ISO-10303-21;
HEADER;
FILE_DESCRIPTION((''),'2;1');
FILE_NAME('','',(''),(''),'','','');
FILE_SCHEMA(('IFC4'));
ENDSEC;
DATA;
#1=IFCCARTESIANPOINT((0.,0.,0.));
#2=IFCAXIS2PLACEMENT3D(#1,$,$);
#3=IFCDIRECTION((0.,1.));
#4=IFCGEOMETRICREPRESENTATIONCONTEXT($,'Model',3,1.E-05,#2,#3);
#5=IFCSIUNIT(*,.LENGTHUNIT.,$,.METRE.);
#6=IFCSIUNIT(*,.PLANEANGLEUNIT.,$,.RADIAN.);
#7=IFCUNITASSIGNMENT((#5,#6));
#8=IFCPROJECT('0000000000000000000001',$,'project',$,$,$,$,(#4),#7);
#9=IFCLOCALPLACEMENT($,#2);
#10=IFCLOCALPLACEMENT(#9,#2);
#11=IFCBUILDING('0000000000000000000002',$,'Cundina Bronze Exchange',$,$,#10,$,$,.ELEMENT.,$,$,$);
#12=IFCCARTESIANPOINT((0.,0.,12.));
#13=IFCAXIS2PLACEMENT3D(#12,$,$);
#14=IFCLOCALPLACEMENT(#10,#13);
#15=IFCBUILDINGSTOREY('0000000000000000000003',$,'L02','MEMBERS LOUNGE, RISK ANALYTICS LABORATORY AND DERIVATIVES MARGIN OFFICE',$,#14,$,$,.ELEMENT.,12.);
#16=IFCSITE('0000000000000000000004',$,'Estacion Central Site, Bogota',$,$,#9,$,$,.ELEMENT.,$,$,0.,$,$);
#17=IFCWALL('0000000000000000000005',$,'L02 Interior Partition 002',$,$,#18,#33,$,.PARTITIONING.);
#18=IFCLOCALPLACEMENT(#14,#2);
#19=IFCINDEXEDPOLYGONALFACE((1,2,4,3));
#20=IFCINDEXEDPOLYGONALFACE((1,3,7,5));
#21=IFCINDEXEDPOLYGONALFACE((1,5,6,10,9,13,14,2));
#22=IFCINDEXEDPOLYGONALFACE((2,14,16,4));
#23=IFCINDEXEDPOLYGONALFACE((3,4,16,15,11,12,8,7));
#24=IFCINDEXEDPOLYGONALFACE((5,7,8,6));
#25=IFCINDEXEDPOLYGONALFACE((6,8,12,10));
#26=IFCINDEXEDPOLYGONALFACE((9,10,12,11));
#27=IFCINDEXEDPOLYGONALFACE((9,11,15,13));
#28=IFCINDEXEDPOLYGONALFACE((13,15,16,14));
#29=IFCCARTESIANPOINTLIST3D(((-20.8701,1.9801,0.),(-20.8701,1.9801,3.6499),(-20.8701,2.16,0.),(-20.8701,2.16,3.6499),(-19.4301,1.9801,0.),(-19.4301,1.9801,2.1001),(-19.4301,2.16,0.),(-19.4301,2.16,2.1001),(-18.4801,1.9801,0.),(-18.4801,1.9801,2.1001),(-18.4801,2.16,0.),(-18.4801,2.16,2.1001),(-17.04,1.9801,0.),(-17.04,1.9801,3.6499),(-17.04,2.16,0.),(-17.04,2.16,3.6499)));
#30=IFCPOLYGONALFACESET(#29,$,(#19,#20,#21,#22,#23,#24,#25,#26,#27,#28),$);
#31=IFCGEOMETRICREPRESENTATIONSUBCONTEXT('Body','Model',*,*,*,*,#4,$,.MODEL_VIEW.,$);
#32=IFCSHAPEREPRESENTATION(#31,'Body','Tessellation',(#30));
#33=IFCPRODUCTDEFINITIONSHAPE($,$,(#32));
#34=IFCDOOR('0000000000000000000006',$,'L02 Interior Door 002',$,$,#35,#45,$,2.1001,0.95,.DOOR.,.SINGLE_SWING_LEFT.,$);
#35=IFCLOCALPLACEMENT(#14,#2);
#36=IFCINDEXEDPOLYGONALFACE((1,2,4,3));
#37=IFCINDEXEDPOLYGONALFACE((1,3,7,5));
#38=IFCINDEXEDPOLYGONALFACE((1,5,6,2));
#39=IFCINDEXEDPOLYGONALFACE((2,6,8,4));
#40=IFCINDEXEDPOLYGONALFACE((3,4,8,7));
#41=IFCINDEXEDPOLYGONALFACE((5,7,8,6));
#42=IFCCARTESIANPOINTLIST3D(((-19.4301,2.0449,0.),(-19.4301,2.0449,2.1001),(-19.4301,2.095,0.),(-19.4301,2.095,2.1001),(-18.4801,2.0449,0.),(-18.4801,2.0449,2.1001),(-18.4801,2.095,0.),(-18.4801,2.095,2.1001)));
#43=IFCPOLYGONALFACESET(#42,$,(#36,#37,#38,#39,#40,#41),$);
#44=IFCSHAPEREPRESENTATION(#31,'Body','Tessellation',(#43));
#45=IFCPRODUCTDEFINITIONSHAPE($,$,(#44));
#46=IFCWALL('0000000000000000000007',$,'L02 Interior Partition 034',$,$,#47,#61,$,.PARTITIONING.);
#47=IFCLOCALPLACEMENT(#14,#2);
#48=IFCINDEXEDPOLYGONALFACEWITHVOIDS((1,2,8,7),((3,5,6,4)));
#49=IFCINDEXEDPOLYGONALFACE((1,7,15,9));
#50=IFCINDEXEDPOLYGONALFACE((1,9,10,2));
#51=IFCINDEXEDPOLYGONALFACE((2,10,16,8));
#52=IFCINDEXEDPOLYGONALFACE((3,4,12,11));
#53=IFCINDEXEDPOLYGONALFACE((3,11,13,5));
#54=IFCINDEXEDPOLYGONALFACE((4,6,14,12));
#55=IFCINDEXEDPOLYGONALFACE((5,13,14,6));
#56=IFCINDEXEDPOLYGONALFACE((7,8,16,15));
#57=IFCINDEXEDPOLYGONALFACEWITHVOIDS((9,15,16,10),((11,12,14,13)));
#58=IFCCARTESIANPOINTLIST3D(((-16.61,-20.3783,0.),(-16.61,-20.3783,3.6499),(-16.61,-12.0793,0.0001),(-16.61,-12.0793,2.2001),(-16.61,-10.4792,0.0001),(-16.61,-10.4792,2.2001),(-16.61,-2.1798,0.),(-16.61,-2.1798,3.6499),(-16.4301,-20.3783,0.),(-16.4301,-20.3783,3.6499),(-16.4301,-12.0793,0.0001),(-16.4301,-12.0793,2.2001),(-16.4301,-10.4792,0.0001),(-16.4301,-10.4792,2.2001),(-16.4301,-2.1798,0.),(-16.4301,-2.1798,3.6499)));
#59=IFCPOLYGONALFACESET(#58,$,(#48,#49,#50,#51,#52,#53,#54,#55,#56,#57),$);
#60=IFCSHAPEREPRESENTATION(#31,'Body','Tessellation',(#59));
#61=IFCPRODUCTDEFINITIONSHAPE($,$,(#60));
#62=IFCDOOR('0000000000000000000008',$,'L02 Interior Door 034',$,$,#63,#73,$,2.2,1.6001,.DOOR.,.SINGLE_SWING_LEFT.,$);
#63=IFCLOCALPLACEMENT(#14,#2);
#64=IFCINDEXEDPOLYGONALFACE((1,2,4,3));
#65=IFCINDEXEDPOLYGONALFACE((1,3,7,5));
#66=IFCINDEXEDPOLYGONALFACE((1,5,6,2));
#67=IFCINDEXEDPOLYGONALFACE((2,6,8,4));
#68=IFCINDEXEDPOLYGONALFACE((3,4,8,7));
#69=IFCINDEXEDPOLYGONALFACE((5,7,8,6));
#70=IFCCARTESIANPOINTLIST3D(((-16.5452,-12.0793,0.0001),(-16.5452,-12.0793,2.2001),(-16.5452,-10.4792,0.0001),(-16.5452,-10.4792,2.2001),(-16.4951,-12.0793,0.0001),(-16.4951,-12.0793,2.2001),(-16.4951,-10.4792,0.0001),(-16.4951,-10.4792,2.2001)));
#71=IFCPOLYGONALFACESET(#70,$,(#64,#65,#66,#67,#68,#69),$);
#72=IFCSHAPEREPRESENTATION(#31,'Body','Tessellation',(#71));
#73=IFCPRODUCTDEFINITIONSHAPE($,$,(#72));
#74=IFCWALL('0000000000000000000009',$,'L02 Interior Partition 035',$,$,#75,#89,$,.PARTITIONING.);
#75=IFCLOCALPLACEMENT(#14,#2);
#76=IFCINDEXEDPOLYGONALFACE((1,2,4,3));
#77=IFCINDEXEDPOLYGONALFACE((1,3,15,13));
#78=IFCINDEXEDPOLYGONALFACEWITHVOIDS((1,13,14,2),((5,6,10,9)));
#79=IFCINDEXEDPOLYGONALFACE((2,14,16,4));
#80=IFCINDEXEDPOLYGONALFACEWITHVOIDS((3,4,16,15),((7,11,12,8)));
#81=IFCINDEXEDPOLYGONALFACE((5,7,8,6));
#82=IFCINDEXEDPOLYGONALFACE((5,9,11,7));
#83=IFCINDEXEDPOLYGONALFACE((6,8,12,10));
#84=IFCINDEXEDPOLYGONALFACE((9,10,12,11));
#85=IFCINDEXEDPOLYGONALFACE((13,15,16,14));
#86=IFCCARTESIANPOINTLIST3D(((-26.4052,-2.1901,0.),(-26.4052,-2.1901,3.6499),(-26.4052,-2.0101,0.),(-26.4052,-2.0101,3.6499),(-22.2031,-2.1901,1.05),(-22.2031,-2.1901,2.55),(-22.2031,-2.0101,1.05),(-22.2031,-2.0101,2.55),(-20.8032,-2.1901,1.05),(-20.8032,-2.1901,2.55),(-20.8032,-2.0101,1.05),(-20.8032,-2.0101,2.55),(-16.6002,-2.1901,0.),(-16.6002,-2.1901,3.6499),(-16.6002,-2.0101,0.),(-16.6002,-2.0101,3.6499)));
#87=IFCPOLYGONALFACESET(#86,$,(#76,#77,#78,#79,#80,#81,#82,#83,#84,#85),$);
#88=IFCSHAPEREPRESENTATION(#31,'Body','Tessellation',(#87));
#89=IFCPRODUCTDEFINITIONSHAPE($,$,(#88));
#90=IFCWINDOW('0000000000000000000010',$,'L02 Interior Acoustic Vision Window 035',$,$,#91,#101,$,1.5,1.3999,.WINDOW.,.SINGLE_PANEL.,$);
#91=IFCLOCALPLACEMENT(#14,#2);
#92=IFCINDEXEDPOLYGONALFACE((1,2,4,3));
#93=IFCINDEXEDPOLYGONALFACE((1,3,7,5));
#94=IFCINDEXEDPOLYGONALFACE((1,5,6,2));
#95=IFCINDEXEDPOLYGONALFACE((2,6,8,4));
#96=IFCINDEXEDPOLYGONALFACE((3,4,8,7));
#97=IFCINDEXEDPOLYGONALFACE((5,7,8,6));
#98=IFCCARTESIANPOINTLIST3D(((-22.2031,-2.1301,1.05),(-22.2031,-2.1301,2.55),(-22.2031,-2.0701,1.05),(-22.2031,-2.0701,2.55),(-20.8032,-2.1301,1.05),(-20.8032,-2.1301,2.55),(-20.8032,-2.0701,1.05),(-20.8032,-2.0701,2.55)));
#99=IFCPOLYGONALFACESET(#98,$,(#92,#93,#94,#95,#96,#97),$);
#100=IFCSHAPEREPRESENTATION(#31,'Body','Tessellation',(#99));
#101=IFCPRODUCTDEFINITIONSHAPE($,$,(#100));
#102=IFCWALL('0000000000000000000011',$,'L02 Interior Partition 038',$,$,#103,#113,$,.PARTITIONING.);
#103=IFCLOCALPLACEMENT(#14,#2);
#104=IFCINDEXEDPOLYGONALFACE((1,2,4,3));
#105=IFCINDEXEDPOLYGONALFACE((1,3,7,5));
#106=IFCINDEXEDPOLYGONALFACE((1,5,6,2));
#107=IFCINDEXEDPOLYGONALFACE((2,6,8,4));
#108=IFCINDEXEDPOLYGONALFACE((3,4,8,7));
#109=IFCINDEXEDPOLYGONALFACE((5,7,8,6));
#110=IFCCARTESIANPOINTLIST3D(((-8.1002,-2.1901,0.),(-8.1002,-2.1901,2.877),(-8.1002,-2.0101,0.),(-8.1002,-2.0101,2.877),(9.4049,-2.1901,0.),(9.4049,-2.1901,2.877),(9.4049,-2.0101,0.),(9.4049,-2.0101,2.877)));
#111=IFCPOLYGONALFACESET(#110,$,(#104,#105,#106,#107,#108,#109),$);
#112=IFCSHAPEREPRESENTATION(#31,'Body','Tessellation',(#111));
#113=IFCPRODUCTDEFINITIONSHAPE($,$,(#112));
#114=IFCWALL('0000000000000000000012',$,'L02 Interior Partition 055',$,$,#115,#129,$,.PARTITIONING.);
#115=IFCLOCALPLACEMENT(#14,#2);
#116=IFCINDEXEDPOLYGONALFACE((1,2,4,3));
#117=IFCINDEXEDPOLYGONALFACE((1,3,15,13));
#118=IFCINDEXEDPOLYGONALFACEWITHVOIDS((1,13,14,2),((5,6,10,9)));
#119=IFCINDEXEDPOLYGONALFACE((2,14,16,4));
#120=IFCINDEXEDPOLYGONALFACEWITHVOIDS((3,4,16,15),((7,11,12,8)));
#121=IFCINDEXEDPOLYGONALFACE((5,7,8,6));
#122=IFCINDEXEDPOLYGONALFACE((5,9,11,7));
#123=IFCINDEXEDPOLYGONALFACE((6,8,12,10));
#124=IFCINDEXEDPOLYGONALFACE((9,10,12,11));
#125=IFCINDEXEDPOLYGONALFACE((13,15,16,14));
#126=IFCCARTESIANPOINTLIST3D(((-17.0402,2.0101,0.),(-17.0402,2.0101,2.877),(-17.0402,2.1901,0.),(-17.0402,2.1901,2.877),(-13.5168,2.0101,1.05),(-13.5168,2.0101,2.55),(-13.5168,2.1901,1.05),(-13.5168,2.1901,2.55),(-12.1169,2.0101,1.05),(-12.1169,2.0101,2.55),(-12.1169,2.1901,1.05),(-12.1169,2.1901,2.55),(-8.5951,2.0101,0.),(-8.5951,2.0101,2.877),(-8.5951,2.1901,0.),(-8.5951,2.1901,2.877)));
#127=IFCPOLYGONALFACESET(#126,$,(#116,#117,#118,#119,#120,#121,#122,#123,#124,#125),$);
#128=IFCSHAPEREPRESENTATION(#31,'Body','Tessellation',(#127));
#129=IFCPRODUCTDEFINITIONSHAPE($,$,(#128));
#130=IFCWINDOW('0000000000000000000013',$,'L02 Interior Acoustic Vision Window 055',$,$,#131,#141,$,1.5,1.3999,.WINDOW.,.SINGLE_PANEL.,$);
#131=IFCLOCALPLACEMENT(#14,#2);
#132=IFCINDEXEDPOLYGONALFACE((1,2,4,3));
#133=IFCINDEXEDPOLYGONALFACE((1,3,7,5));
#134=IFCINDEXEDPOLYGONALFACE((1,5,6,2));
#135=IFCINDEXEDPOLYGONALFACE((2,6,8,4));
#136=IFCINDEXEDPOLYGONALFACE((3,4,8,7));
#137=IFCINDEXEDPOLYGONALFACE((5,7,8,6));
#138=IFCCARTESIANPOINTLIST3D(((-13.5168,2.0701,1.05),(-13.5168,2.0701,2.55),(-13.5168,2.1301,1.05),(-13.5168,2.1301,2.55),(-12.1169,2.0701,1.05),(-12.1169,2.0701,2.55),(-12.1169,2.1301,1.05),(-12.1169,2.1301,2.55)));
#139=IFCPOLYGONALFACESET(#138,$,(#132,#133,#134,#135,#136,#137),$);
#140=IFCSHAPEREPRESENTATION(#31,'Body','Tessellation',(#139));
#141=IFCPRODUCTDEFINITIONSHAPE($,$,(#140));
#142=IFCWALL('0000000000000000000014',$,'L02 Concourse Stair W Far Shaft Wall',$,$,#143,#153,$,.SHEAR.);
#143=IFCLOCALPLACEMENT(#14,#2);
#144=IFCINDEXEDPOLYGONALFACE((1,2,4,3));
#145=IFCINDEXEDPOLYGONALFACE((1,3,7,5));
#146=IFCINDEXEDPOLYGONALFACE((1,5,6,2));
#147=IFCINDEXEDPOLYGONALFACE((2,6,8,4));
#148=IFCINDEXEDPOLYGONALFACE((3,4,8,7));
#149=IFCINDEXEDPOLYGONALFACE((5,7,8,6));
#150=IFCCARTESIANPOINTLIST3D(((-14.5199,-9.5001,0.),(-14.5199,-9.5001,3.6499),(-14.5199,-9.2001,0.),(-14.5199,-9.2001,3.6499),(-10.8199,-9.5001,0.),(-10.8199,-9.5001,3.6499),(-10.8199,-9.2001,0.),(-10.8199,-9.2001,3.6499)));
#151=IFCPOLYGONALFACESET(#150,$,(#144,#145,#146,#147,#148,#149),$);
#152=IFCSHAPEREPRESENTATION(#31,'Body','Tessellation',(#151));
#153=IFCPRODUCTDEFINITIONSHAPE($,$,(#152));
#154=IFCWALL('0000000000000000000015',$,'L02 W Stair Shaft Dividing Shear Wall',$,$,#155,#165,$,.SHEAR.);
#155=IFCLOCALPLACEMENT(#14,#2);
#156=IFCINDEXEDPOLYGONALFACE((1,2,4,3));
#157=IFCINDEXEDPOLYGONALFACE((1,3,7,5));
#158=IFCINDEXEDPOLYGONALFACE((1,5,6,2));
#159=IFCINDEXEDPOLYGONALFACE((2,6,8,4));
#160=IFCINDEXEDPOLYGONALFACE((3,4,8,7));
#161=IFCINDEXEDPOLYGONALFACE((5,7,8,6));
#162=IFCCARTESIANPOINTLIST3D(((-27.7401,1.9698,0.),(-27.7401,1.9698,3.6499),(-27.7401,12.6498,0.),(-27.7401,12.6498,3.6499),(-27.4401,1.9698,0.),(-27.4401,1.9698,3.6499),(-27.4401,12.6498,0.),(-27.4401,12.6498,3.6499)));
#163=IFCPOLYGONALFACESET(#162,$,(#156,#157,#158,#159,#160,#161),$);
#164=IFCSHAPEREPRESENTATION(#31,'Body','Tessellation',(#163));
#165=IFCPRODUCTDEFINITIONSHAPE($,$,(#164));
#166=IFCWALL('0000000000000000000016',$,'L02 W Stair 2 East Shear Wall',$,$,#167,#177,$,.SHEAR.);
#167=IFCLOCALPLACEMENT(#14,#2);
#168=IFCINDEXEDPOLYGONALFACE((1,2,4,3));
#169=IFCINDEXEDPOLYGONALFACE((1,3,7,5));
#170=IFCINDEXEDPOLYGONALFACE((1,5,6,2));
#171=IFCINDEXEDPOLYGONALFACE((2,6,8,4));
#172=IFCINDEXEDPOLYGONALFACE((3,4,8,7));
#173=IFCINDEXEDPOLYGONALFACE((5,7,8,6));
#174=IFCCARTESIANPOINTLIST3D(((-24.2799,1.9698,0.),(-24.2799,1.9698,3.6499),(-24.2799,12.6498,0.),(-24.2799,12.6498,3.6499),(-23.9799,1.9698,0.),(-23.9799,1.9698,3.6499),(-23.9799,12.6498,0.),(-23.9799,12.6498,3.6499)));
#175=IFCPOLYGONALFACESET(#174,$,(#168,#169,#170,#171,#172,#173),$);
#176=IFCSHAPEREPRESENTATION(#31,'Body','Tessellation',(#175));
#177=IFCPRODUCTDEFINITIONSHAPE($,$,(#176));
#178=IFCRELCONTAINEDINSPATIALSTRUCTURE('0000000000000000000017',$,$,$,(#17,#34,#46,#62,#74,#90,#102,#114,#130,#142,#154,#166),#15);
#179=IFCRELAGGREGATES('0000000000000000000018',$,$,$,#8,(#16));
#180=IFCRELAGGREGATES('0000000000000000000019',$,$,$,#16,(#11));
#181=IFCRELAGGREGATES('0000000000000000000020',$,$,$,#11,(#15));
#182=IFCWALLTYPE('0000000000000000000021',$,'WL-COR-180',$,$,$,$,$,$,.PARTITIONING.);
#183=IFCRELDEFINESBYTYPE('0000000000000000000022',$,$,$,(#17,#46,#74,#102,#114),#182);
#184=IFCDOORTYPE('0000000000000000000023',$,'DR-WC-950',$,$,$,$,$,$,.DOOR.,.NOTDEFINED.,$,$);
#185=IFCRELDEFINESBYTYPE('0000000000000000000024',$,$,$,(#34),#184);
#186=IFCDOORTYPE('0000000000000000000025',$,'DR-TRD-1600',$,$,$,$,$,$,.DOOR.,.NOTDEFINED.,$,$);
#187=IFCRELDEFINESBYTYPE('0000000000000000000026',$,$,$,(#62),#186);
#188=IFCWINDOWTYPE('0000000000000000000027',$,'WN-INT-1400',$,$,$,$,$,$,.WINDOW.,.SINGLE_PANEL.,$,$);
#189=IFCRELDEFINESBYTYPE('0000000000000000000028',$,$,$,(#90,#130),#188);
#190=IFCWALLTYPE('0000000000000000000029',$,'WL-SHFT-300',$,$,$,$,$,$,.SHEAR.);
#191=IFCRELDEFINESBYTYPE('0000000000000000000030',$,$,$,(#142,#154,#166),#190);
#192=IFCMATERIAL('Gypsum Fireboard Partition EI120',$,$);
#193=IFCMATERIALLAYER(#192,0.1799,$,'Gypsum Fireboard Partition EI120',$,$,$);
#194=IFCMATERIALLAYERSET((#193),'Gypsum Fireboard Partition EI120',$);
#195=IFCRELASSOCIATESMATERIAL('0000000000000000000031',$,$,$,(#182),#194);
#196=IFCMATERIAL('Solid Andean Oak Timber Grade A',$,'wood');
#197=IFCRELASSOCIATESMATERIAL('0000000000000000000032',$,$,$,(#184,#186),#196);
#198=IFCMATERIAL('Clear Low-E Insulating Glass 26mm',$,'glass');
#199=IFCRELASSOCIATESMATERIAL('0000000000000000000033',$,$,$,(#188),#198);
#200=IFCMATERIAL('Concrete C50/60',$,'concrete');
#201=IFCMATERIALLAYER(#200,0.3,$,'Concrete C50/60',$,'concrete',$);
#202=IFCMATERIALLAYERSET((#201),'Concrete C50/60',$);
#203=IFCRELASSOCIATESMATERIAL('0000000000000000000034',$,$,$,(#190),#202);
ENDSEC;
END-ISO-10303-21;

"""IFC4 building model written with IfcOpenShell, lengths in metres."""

from ifc_helpers import new_model, si_unit, direction, frame, frame_2d, origin, place, context, subcontext, project, spatial, rectangle, extrude, material, layer, layer_set, type_object, element, fill, save


model = new_model("IFC4")

# Units and contexts
model_context = context("Model", 3, precision=1e-05, world=origin(), true_north=direction((0.0, 1.0)))
body_context = subcontext(model_context, "Body", "Model", "MODEL_VIEW")
ifc_project = project(units=[si_unit("LENGTHUNIT", "METRE"), si_unit("PLANEANGLEUNIT", "RADIAN")], contexts=[model_context])

# Site, building, storey
site_placement = place(None, origin())
site = spatial("IfcSite", under=ifc_project, at=site_placement, Name="Estacion Central Site, Bogota", CompositionType="ELEMENT", RefElevation=0.0)
building_placement = place(site_placement, origin())
building = spatial("IfcBuilding", under=site, at=building_placement, Name="Cundina Bronze Exchange", CompositionType="ELEMENT")
storey_placement = place(building_placement, frame((0.0, 0.0, 12.0)))
storey = spatial("IfcBuildingStorey", under=building, at=storey_placement, Name="L02", Description="MEMBERS LOUNGE, RISK ANALYTICS LABORATORY AND DERIVATIVES MARGIN OFFICE", CompositionType="ELEMENT", Elevation=12.0)

# Shared definitions
ifc_material_1 = material(Name="Concrete C50/60", Category="concrete")

# Shared definitions
ifc_material_2 = material(Name="Gypsum Fireboard Partition EI120")
ifc_layer_1 = layer(ifc_material_2, 0.1799, Name="Gypsum Fireboard Partition EI120")
ifc_layer_set_1 = layer_set([ifc_layer_1], Name="Gypsum Fireboard Partition EI120")
wall_type_1 = type_object("IfcWallType", Name="WL-COR-180", PredefinedType="PARTITIONING", material=ifc_layer_set_1)

# Walls, openings, doors
wall_1_placement = place(storey_placement, frame((-20.8701, 2.0701, 0.0), z_axis=(0.0, 0.0, 1.0), x_axis=(1.0, 0.0, 0.0)))
wall_1 = element("IfcWall", 1, at=wall_1_placement, inside=storey, type_object=wall_type_1, Name="L02 Interior Partition 002", PredefinedType="PARTITIONING", context=body_context, shape_type="SweptSolid", body=[
    extrude(rectangle(XDim=3.8301, YDim=0.1799, at=frame_2d((1.915, 0.0))), origin(), (0.0, 0.0, 1.0), 3.6499),
])
opening_1_placement = place(wall_1_placement, frame((1.4399, 0.0, 0.0)))
opening_1 = element("IfcOpeningElement", 2, at=opening_1_placement, cuts=wall_1, PredefinedType="OPENING", context=body_context, shape_type="SweptSolid", body=[
    extrude(rectangle(XDim=0.95, YDim=2.1001, at=frame_2d((0.4751, 1.05))), frame((0.0, 0.0999, 0.0), z_axis=(0.0, -1.0, 0.0), x_axis=(1.0, 0.0, 0.0)), (0.0, 0.0, 1.0), 0.2),
])
ifc_material_3 = material(Name="Solid Andean Oak Timber Grade A", Category="wood")
door_type_1 = type_object("IfcDoorType", Name="DR-WC-950", OperationType="NOTDEFINED", PredefinedType="DOOR", material=ifc_material_3)
door_1_placement = place(opening_1_placement, origin())
door_1 = element("IfcDoor", 3, at=door_1_placement, inside=storey, type_object=door_type_1, Name="L02 Interior Door 002", OperationType="SINGLE_SWING_LEFT", OverallHeight=2.1001, OverallWidth=0.95, PredefinedType="DOOR", context=body_context, shape_type="SweptSolid", body=[
    extrude(rectangle(XDim=0.95, YDim=2.1001, at=frame_2d((0.4751, 1.05))), frame((0.0, 0.0249, 0.0), z_axis=(0.0, -1.0, 0.0), x_axis=(1.0, 0.0, 0.0)), (0.0, 0.0, 1.0), 0.05),
])
fill(opening_1, door_1)
wall_2_placement = place(storey_placement, frame((-16.52, -2.1799, 0.0), z_axis=(0.0, 0.0, 1.0), x_axis=(0.0, -1.0, 0.0)))
wall_2 = element("IfcWall", 4, at=wall_2_placement, inside=storey, type_object=wall_type_1, Name="L02 Interior Partition 034", PredefinedType="PARTITIONING", context=body_context, shape_type="SweptSolid", body=[
    extrude(rectangle(XDim=18.1985, YDim=0.1799, at=frame_2d((9.0991, 0.0))), origin(), (0.0, 0.0, 1.0), 3.6499),
])
opening_2_placement = place(wall_2_placement, frame((8.2993, 0.0, 0.0)))
opening_2 = element("IfcOpeningElement", 5, at=opening_2_placement, cuts=wall_2, PredefinedType="OPENING", context=body_context, shape_type="SweptSolid", body=[
    extrude(rectangle(XDim=1.6001, YDim=2.2, at=frame_2d((0.8, 1.1001))), frame((0.0, 0.0999, 0.0), z_axis=(0.0, -1.0, 0.0), x_axis=(1.0, 0.0, 0.0)), (0.0, 0.0, 1.0), 0.2),
])
door_type_2 = type_object("IfcDoorType", Name="DR-TRD-1600", OperationType="NOTDEFINED", PredefinedType="DOOR", material=ifc_material_3)
door_2_placement = place(opening_2_placement, origin())
door_2 = element("IfcDoor", 6, at=door_2_placement, inside=storey, type_object=door_type_2, Name="L02 Interior Door 034", OperationType="SINGLE_SWING_LEFT", OverallHeight=2.2, OverallWidth=1.6001, PredefinedType="DOOR", context=body_context, shape_type="SweptSolid", body=[
    extrude(rectangle(XDim=1.6001, YDim=2.2, at=frame_2d((0.8, 1.1001))), frame((0.0, 0.0249, 0.0), z_axis=(0.0, -1.0, 0.0), x_axis=(1.0, 0.0, 0.0)), (0.0, 0.0, 1.0), 0.05),
])
fill(opening_2, door_2)

# Wall, opening, window
wall_3_placement = place(storey_placement, frame((-26.405, -2.1001, 0.0), z_axis=(0.0, 0.0, 1.0), x_axis=(1.0, 0.0, 0.0)))
wall_3 = element("IfcWall", 7, at=wall_3_placement, inside=storey, type_object=wall_type_1, Name="L02 Interior Partition 035", PredefinedType="PARTITIONING", context=body_context, shape_type="SweptSolid", body=[
    extrude(rectangle(XDim=9.8049, YDim=0.1799, at=frame_2d((4.9023, 0.0))), origin(), (0.0, 0.0, 1.0), 3.6499),
])
opening_3_placement = place(wall_3_placement, frame((4.2019, 0.0, 1.05)))
opening_3 = element("IfcOpeningElement", 8, at=opening_3_placement, cuts=wall_3, PredefinedType="OPENING", context=body_context, shape_type="SweptSolid", body=[
    extrude(rectangle(XDim=1.3999, YDim=1.5, at=frame_2d((0.7, 0.75))), frame((0.0, 0.0999, 0.0), z_axis=(0.0, -1.0, 0.0), x_axis=(1.0, 0.0, 0.0)), (0.0, 0.0, 1.0), 0.2),
])
ifc_material_4 = material(Name="Clear Low-E Insulating Glass 26mm", Category="glass")
window_type = type_object("IfcWindowType", Name="WN-INT-1400", PartitioningType="SINGLE_PANEL", PredefinedType="WINDOW", material=ifc_material_4)
window_1_placement = place(opening_3_placement, origin())
window_1 = element("IfcWindow", 9, at=window_1_placement, inside=storey, type_object=window_type, Name="L02 Interior Acoustic Vision Window 035", OverallHeight=1.5, OverallWidth=1.3999, PartitioningType="SINGLE_PANEL", PredefinedType="WINDOW", context=body_context, shape_type="SweptSolid", body=[
    extrude(rectangle(XDim=1.3999, YDim=1.5, at=frame_2d((0.7, 0.75))), frame((0.0, 0.03, 0.0), z_axis=(0.0, -1.0, 0.0), x_axis=(1.0, 0.0, 0.0)), (0.0, 0.0, 1.0), 0.0601),
])
fill(opening_3, window_1)

# Wall
wall_4_placement = place(storey_placement, frame((-8.1001, -2.1001, 0.0), z_axis=(0.0, 0.0, 1.0), x_axis=(1.0, 0.0, 0.0)))
element("IfcWall", 10, at=wall_4_placement, inside=storey, type_object=wall_type_1, Name="L02 Interior Partition 038", PredefinedType="PARTITIONING", context=body_context, shape_type="SweptSolid", body=[
    extrude(rectangle(XDim=17.5051, YDim=0.1799, at=frame_2d((8.7524, 0.0))), origin(), (0.0, 0.0, 1.0), 2.877),
])

# Wall, opening, window
wall_5_placement = place(storey_placement, frame((-8.595, 2.1001, 0.0), z_axis=(0.0, 0.0, 1.0), x_axis=(-1.0, 0.0, 0.0)))
wall_5 = element("IfcWall", 11, at=wall_5_placement, inside=storey, type_object=wall_type_1, Name="L02 Interior Partition 055", PredefinedType="PARTITIONING", context=body_context, shape_type="SweptSolid", body=[
    extrude(rectangle(XDim=8.4451, YDim=0.1799, at=frame_2d((4.2227, 0.0))), origin(), (0.0, 0.0, 1.0), 2.877),
])
opening_4_placement = place(wall_5_placement, frame((3.522, 0.0, 1.05)))
opening_4 = element("IfcOpeningElement", 12, at=opening_4_placement, cuts=wall_5, PredefinedType="OPENING", context=body_context, shape_type="SweptSolid", body=[
    extrude(rectangle(XDim=1.3999, YDim=1.5, at=frame_2d((0.7, 0.75))), frame((0.0, 0.0999, 0.0), z_axis=(0.0, -1.0, 0.0), x_axis=(1.0, 0.0, 0.0)), (0.0, 0.0, 1.0), 0.2),
])
window_2_placement = place(opening_4_placement, origin())
window_2 = element("IfcWindow", 13, at=window_2_placement, inside=storey, type_object=window_type, Name="L02 Interior Acoustic Vision Window 055", OverallHeight=1.5, OverallWidth=1.3999, PartitioningType="SINGLE_PANEL", PredefinedType="WINDOW", context=body_context, shape_type="SweptSolid", body=[
    extrude(rectangle(XDim=1.3999, YDim=1.5, at=frame_2d((0.7, 0.75))), frame((0.0, 0.03, 0.0), z_axis=(0.0, -1.0, 0.0), x_axis=(1.0, 0.0, 0.0)), (0.0, 0.0, 1.0), 0.0601),
])
fill(opening_4, window_2)

# Walls
ifc_layer_2 = layer(ifc_material_1, 0.3, Name="Concrete C50/60", Category="concrete")
ifc_layer_set_2 = layer_set([ifc_layer_2], Name="Concrete C50/60")
wall_type_2 = type_object("IfcWallType", Name="WL-SHFT-300", PredefinedType="SHEAR", material=ifc_layer_set_2)
wall_6_placement = place(storey_placement, frame((-14.52, -9.3501, 0.0), z_axis=(0.0, 0.0, 1.0), x_axis=(1.0, 0.0, 0.0)))
element("IfcWall", 14, at=wall_6_placement, inside=storey, type_object=wall_type_2, Name="L02 Concourse Stair W Far Shaft Wall", PredefinedType="SHEAR", context=body_context, shape_type="SweptSolid", body=[
    extrude(rectangle(XDim=3.7, YDim=0.3, at=frame_2d((1.8501, 0.0))), origin(), (0.0, 0.0, 1.0), 3.6499),
])
for number, where, z_axis, x_axis, name in (
    (15, (-27.5901, 1.97, 0.0), (0.0, 0.0, 1.0), (0.0, 1.0, 0.0), "L02 W Stair Shaft Dividing Shear Wall"),
    (16, (-24.1299, 1.97, 0.0), (0.0, 0.0, 1.0), (0.0, 1.0, 0.0), "L02 W Stair 2 East Shear Wall"),
):
    element("IfcWall", number, at=place(storey_placement, frame(where, z_axis=z_axis, x_axis=x_axis)), inside=storey, type_object=wall_type_2, Name=name, PredefinedType="SHEAR", context=body_context, shape_type="SweptSolid", body=[
        extrude(rectangle(XDim=10.6799, YDim=0.3, at=frame_2d((5.3398, 0.0))), origin(), (0.0, 0.0, 1.0), 3.6499),
    ])

save(model, "model.ifc")
